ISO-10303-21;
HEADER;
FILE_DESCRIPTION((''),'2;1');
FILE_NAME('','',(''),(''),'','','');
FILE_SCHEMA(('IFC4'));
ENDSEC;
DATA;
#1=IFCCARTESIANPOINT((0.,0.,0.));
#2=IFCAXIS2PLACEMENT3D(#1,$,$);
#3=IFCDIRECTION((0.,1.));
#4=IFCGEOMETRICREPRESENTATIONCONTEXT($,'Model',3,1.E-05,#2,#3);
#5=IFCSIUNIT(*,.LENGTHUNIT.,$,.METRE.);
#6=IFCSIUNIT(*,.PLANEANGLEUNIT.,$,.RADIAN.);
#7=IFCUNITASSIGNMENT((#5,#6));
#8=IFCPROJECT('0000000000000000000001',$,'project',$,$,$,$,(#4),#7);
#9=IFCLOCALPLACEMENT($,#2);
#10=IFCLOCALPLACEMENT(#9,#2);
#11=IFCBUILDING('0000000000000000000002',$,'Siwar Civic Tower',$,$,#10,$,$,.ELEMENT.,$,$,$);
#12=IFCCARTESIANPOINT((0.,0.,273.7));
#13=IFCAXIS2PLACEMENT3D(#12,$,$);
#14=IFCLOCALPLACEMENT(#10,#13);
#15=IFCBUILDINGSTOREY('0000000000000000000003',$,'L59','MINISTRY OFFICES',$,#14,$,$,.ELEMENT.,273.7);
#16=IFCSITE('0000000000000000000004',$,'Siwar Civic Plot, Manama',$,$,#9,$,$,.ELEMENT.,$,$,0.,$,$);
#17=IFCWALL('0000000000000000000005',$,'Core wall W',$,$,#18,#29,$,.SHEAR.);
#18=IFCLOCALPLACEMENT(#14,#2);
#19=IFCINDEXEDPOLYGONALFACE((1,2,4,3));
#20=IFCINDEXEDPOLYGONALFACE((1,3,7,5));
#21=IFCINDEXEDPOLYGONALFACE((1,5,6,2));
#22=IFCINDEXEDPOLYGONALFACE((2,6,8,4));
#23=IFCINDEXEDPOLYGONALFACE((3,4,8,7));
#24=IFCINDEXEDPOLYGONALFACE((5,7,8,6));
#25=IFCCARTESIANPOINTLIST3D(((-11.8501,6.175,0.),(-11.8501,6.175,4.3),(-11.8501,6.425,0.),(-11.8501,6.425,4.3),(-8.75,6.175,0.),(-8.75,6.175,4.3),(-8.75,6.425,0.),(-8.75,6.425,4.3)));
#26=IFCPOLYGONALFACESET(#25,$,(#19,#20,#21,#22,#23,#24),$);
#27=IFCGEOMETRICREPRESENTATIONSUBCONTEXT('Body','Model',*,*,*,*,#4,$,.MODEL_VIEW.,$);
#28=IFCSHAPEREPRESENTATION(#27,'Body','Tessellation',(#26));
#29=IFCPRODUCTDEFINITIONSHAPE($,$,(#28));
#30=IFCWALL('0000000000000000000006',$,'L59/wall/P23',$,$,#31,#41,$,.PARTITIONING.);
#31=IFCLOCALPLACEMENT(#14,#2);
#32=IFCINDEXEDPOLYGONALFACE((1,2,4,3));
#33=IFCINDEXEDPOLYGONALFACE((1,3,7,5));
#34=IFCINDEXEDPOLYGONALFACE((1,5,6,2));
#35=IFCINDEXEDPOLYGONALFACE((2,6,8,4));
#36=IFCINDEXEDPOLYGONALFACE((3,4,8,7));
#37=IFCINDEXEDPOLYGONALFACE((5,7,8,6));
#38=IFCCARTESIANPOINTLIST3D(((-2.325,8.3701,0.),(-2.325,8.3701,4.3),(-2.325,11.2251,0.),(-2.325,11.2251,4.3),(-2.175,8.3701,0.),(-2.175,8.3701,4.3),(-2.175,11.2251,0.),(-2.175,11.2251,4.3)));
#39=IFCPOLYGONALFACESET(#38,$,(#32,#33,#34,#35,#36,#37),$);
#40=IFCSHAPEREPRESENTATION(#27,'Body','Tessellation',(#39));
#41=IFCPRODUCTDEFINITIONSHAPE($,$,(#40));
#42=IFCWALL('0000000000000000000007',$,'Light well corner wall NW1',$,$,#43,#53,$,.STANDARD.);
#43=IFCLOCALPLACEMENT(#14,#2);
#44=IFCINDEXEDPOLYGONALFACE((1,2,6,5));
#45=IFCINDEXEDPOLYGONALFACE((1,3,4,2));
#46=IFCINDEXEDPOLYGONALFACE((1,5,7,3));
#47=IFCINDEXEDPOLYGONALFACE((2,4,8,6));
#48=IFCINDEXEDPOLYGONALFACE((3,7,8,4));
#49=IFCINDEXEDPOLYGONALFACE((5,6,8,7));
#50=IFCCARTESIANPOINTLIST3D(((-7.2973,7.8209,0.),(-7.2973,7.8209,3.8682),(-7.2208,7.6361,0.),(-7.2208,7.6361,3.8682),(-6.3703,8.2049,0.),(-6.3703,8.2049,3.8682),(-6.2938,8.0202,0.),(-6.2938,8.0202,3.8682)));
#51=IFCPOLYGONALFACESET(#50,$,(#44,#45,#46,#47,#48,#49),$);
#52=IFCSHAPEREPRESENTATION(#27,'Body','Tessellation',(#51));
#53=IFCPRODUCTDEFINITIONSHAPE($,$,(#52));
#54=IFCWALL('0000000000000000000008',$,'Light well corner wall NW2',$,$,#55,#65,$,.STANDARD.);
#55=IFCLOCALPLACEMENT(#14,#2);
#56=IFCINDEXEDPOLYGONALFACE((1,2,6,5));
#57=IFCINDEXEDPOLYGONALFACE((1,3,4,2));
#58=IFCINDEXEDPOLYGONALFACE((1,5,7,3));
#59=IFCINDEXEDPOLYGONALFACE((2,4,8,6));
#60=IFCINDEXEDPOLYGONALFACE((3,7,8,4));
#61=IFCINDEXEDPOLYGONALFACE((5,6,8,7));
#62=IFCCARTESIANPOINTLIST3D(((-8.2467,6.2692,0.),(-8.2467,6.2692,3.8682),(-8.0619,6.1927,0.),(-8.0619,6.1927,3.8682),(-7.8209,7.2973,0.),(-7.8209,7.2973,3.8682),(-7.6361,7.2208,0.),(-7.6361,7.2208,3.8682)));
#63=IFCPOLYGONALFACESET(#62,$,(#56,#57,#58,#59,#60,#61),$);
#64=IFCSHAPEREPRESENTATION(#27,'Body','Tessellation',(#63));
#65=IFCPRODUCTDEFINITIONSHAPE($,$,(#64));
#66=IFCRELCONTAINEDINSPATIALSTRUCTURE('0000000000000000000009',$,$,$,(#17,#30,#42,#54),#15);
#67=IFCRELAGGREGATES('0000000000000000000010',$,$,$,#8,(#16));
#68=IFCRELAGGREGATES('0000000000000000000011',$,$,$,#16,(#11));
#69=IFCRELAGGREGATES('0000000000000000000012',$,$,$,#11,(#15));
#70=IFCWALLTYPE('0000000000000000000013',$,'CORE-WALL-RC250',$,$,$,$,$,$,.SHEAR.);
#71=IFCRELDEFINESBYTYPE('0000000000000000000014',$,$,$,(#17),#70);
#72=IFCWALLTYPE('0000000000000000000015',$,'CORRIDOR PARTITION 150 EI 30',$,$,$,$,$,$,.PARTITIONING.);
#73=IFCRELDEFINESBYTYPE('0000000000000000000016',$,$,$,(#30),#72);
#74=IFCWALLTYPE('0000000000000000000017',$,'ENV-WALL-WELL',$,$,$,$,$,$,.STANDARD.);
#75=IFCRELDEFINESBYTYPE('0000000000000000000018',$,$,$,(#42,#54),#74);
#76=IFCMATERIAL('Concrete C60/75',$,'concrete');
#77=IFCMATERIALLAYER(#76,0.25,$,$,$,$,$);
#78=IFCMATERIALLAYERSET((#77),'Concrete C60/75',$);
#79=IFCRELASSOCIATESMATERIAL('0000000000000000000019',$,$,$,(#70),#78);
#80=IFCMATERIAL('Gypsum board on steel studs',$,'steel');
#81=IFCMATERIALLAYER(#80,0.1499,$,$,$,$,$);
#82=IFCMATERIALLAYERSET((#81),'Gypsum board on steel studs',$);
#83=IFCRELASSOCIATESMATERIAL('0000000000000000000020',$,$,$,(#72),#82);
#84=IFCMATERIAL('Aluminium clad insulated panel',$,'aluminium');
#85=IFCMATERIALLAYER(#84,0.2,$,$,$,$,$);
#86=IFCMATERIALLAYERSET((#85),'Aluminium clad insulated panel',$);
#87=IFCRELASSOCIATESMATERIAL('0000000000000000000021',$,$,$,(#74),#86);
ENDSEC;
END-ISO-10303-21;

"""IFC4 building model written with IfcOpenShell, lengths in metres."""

from ifc_helpers import new_model, si_unit, direction, frame, frame_2d, origin, place, context, subcontext, project, spatial, rectangle, extrude, material, layer, layer_set, type_object, element, save


model = new_model("IFC4")

# Units and contexts
model_context = context("Model", 3, precision=1e-05, world=origin(), true_north=direction((0.0, 1.0)))
body_context = subcontext(model_context, "Body", "Model", "MODEL_VIEW")
ifc_project = project(units=[si_unit("LENGTHUNIT", "METRE"), si_unit("PLANEANGLEUNIT", "RADIAN")], contexts=[model_context])

# Site, building, storey
site_placement = place(None, origin())
site = spatial("IfcSite", under=ifc_project, at=site_placement, Name="Siwar Civic Plot, Manama", CompositionType="ELEMENT", RefElevation=0.0)
building_placement = place(site_placement, origin())
building = spatial("IfcBuilding", under=site, at=building_placement, Name="Siwar Civic Tower", CompositionType="ELEMENT")
storey_placement = place(building_placement, frame((0.0, 0.0, 273.7)))
storey = spatial("IfcBuildingStorey", under=building, at=storey_placement, Name="L59", Description="MINISTRY OFFICES", CompositionType="ELEMENT", Elevation=273.7)

# Shared definitions
ifc_material_1 = material(Name="Concrete C60/75", Category="concrete")
ifc_layer_1 = layer(ifc_material_1, 0.25)
ifc_layer_set_1 = layer_set([ifc_layer_1], Name="Concrete C60/75")
wall_type_1 = type_object("IfcWallType", Name="CORE-WALL-RC250", PredefinedType="SHEAR", material=ifc_layer_set_1)

# Walls
for number, where, z_axis, x_axis, name in (
    (1, (-8.75, 6.3, 0.0), (0.0, 0.0, 1.0), (-1.0, 0.0, 0.0), "Core wall W"),
):
    element("IfcWall", number, at=place(storey_placement, frame(where, z_axis=z_axis, x_axis=x_axis)), inside=storey, type_object=wall_type_1, Name=name, PredefinedType="SHEAR", context=body_context, shape_type="SweptSolid", body=[
        extrude(rectangle(XDim=3.1001, YDim=0.25, at=frame_2d((1.55, 0.0))), origin(), (0.0, 0.0, 1.0), 4.3),
    ])
ifc_material_2 = material(Name="Gypsum board on steel studs", Category="steel")
ifc_layer_2 = layer(ifc_material_2, 0.1499)
ifc_layer_set_2 = layer_set([ifc_layer_2], Name="Gypsum board on steel studs")
wall_type_2 = type_object("IfcWallType", Name="CORRIDOR PARTITION 150 EI 30", PredefinedType="PARTITIONING", material=ifc_layer_set_2)
wall_1_placement = place(storey_placement, frame((-2.25, 8.3701, 0.0), z_axis=(0.0, 0.0, 1.0), x_axis=(0.0, 1.0, 0.0)))
element("IfcWall", 2, at=wall_1_placement, inside=storey, type_object=wall_type_2, Name="L59/wall/P23", PredefinedType="PARTITIONING", context=body_context, shape_type="SweptSolid", body=[
    extrude(rectangle(XDim=2.855, YDim=0.1499, at=frame_2d((1.4275, 0.0))), origin(), (0.0, 0.0, 1.0), 4.3),
])
ifc_material_3 = material(Name="Aluminium clad insulated panel", Category="aluminium")
ifc_layer_3 = layer(ifc_material_3, 0.2)
ifc_layer_set_3 = layer_set([ifc_layer_3], Name="Aluminium clad insulated panel")
wall_type_3 = type_object("IfcWallType", Name="ENV-WALL-WELL", PredefinedType="STANDARD", material=ifc_layer_set_3)
wall_2_placement = place(storey_placement, frame((-6.332, 8.1125, 0.0), z_axis=(0.0, 0.0, 1.0), x_axis=(-0.92386, -0.382731, 0.0)))
element("IfcWall", 3, at=wall_2_placement, inside=storey, type_object=wall_type_3, Name="Light well corner wall NW1", PredefinedType="STANDARD", context=body_context, shape_type="SweptSolid", body=[
    extrude(rectangle(XDim=1.0034, YDim=0.2, at=frame_2d((0.5017, 0.0))), origin(), (0.0, 0.0, 1.0), 3.8682),
])
wall_3_placement = place(storey_placement, frame((-7.7285, 7.259, 0.0), z_axis=(0.0, 0.0, 1.0), x_axis=(-0.382636, -0.923899, 0.0)))
element("IfcWall", 4, at=wall_3_placement, inside=storey, type_object=wall_type_3, Name="Light well corner wall NW2", PredefinedType="STANDARD", context=body_context, shape_type="SweptSolid", body=[
    extrude(rectangle(XDim=1.1128, YDim=0.2, at=frame_2d((0.5564, 0.0))), origin(), (0.0, 0.0, 1.0), 3.8682),
])

save(model, "model.ifc")
